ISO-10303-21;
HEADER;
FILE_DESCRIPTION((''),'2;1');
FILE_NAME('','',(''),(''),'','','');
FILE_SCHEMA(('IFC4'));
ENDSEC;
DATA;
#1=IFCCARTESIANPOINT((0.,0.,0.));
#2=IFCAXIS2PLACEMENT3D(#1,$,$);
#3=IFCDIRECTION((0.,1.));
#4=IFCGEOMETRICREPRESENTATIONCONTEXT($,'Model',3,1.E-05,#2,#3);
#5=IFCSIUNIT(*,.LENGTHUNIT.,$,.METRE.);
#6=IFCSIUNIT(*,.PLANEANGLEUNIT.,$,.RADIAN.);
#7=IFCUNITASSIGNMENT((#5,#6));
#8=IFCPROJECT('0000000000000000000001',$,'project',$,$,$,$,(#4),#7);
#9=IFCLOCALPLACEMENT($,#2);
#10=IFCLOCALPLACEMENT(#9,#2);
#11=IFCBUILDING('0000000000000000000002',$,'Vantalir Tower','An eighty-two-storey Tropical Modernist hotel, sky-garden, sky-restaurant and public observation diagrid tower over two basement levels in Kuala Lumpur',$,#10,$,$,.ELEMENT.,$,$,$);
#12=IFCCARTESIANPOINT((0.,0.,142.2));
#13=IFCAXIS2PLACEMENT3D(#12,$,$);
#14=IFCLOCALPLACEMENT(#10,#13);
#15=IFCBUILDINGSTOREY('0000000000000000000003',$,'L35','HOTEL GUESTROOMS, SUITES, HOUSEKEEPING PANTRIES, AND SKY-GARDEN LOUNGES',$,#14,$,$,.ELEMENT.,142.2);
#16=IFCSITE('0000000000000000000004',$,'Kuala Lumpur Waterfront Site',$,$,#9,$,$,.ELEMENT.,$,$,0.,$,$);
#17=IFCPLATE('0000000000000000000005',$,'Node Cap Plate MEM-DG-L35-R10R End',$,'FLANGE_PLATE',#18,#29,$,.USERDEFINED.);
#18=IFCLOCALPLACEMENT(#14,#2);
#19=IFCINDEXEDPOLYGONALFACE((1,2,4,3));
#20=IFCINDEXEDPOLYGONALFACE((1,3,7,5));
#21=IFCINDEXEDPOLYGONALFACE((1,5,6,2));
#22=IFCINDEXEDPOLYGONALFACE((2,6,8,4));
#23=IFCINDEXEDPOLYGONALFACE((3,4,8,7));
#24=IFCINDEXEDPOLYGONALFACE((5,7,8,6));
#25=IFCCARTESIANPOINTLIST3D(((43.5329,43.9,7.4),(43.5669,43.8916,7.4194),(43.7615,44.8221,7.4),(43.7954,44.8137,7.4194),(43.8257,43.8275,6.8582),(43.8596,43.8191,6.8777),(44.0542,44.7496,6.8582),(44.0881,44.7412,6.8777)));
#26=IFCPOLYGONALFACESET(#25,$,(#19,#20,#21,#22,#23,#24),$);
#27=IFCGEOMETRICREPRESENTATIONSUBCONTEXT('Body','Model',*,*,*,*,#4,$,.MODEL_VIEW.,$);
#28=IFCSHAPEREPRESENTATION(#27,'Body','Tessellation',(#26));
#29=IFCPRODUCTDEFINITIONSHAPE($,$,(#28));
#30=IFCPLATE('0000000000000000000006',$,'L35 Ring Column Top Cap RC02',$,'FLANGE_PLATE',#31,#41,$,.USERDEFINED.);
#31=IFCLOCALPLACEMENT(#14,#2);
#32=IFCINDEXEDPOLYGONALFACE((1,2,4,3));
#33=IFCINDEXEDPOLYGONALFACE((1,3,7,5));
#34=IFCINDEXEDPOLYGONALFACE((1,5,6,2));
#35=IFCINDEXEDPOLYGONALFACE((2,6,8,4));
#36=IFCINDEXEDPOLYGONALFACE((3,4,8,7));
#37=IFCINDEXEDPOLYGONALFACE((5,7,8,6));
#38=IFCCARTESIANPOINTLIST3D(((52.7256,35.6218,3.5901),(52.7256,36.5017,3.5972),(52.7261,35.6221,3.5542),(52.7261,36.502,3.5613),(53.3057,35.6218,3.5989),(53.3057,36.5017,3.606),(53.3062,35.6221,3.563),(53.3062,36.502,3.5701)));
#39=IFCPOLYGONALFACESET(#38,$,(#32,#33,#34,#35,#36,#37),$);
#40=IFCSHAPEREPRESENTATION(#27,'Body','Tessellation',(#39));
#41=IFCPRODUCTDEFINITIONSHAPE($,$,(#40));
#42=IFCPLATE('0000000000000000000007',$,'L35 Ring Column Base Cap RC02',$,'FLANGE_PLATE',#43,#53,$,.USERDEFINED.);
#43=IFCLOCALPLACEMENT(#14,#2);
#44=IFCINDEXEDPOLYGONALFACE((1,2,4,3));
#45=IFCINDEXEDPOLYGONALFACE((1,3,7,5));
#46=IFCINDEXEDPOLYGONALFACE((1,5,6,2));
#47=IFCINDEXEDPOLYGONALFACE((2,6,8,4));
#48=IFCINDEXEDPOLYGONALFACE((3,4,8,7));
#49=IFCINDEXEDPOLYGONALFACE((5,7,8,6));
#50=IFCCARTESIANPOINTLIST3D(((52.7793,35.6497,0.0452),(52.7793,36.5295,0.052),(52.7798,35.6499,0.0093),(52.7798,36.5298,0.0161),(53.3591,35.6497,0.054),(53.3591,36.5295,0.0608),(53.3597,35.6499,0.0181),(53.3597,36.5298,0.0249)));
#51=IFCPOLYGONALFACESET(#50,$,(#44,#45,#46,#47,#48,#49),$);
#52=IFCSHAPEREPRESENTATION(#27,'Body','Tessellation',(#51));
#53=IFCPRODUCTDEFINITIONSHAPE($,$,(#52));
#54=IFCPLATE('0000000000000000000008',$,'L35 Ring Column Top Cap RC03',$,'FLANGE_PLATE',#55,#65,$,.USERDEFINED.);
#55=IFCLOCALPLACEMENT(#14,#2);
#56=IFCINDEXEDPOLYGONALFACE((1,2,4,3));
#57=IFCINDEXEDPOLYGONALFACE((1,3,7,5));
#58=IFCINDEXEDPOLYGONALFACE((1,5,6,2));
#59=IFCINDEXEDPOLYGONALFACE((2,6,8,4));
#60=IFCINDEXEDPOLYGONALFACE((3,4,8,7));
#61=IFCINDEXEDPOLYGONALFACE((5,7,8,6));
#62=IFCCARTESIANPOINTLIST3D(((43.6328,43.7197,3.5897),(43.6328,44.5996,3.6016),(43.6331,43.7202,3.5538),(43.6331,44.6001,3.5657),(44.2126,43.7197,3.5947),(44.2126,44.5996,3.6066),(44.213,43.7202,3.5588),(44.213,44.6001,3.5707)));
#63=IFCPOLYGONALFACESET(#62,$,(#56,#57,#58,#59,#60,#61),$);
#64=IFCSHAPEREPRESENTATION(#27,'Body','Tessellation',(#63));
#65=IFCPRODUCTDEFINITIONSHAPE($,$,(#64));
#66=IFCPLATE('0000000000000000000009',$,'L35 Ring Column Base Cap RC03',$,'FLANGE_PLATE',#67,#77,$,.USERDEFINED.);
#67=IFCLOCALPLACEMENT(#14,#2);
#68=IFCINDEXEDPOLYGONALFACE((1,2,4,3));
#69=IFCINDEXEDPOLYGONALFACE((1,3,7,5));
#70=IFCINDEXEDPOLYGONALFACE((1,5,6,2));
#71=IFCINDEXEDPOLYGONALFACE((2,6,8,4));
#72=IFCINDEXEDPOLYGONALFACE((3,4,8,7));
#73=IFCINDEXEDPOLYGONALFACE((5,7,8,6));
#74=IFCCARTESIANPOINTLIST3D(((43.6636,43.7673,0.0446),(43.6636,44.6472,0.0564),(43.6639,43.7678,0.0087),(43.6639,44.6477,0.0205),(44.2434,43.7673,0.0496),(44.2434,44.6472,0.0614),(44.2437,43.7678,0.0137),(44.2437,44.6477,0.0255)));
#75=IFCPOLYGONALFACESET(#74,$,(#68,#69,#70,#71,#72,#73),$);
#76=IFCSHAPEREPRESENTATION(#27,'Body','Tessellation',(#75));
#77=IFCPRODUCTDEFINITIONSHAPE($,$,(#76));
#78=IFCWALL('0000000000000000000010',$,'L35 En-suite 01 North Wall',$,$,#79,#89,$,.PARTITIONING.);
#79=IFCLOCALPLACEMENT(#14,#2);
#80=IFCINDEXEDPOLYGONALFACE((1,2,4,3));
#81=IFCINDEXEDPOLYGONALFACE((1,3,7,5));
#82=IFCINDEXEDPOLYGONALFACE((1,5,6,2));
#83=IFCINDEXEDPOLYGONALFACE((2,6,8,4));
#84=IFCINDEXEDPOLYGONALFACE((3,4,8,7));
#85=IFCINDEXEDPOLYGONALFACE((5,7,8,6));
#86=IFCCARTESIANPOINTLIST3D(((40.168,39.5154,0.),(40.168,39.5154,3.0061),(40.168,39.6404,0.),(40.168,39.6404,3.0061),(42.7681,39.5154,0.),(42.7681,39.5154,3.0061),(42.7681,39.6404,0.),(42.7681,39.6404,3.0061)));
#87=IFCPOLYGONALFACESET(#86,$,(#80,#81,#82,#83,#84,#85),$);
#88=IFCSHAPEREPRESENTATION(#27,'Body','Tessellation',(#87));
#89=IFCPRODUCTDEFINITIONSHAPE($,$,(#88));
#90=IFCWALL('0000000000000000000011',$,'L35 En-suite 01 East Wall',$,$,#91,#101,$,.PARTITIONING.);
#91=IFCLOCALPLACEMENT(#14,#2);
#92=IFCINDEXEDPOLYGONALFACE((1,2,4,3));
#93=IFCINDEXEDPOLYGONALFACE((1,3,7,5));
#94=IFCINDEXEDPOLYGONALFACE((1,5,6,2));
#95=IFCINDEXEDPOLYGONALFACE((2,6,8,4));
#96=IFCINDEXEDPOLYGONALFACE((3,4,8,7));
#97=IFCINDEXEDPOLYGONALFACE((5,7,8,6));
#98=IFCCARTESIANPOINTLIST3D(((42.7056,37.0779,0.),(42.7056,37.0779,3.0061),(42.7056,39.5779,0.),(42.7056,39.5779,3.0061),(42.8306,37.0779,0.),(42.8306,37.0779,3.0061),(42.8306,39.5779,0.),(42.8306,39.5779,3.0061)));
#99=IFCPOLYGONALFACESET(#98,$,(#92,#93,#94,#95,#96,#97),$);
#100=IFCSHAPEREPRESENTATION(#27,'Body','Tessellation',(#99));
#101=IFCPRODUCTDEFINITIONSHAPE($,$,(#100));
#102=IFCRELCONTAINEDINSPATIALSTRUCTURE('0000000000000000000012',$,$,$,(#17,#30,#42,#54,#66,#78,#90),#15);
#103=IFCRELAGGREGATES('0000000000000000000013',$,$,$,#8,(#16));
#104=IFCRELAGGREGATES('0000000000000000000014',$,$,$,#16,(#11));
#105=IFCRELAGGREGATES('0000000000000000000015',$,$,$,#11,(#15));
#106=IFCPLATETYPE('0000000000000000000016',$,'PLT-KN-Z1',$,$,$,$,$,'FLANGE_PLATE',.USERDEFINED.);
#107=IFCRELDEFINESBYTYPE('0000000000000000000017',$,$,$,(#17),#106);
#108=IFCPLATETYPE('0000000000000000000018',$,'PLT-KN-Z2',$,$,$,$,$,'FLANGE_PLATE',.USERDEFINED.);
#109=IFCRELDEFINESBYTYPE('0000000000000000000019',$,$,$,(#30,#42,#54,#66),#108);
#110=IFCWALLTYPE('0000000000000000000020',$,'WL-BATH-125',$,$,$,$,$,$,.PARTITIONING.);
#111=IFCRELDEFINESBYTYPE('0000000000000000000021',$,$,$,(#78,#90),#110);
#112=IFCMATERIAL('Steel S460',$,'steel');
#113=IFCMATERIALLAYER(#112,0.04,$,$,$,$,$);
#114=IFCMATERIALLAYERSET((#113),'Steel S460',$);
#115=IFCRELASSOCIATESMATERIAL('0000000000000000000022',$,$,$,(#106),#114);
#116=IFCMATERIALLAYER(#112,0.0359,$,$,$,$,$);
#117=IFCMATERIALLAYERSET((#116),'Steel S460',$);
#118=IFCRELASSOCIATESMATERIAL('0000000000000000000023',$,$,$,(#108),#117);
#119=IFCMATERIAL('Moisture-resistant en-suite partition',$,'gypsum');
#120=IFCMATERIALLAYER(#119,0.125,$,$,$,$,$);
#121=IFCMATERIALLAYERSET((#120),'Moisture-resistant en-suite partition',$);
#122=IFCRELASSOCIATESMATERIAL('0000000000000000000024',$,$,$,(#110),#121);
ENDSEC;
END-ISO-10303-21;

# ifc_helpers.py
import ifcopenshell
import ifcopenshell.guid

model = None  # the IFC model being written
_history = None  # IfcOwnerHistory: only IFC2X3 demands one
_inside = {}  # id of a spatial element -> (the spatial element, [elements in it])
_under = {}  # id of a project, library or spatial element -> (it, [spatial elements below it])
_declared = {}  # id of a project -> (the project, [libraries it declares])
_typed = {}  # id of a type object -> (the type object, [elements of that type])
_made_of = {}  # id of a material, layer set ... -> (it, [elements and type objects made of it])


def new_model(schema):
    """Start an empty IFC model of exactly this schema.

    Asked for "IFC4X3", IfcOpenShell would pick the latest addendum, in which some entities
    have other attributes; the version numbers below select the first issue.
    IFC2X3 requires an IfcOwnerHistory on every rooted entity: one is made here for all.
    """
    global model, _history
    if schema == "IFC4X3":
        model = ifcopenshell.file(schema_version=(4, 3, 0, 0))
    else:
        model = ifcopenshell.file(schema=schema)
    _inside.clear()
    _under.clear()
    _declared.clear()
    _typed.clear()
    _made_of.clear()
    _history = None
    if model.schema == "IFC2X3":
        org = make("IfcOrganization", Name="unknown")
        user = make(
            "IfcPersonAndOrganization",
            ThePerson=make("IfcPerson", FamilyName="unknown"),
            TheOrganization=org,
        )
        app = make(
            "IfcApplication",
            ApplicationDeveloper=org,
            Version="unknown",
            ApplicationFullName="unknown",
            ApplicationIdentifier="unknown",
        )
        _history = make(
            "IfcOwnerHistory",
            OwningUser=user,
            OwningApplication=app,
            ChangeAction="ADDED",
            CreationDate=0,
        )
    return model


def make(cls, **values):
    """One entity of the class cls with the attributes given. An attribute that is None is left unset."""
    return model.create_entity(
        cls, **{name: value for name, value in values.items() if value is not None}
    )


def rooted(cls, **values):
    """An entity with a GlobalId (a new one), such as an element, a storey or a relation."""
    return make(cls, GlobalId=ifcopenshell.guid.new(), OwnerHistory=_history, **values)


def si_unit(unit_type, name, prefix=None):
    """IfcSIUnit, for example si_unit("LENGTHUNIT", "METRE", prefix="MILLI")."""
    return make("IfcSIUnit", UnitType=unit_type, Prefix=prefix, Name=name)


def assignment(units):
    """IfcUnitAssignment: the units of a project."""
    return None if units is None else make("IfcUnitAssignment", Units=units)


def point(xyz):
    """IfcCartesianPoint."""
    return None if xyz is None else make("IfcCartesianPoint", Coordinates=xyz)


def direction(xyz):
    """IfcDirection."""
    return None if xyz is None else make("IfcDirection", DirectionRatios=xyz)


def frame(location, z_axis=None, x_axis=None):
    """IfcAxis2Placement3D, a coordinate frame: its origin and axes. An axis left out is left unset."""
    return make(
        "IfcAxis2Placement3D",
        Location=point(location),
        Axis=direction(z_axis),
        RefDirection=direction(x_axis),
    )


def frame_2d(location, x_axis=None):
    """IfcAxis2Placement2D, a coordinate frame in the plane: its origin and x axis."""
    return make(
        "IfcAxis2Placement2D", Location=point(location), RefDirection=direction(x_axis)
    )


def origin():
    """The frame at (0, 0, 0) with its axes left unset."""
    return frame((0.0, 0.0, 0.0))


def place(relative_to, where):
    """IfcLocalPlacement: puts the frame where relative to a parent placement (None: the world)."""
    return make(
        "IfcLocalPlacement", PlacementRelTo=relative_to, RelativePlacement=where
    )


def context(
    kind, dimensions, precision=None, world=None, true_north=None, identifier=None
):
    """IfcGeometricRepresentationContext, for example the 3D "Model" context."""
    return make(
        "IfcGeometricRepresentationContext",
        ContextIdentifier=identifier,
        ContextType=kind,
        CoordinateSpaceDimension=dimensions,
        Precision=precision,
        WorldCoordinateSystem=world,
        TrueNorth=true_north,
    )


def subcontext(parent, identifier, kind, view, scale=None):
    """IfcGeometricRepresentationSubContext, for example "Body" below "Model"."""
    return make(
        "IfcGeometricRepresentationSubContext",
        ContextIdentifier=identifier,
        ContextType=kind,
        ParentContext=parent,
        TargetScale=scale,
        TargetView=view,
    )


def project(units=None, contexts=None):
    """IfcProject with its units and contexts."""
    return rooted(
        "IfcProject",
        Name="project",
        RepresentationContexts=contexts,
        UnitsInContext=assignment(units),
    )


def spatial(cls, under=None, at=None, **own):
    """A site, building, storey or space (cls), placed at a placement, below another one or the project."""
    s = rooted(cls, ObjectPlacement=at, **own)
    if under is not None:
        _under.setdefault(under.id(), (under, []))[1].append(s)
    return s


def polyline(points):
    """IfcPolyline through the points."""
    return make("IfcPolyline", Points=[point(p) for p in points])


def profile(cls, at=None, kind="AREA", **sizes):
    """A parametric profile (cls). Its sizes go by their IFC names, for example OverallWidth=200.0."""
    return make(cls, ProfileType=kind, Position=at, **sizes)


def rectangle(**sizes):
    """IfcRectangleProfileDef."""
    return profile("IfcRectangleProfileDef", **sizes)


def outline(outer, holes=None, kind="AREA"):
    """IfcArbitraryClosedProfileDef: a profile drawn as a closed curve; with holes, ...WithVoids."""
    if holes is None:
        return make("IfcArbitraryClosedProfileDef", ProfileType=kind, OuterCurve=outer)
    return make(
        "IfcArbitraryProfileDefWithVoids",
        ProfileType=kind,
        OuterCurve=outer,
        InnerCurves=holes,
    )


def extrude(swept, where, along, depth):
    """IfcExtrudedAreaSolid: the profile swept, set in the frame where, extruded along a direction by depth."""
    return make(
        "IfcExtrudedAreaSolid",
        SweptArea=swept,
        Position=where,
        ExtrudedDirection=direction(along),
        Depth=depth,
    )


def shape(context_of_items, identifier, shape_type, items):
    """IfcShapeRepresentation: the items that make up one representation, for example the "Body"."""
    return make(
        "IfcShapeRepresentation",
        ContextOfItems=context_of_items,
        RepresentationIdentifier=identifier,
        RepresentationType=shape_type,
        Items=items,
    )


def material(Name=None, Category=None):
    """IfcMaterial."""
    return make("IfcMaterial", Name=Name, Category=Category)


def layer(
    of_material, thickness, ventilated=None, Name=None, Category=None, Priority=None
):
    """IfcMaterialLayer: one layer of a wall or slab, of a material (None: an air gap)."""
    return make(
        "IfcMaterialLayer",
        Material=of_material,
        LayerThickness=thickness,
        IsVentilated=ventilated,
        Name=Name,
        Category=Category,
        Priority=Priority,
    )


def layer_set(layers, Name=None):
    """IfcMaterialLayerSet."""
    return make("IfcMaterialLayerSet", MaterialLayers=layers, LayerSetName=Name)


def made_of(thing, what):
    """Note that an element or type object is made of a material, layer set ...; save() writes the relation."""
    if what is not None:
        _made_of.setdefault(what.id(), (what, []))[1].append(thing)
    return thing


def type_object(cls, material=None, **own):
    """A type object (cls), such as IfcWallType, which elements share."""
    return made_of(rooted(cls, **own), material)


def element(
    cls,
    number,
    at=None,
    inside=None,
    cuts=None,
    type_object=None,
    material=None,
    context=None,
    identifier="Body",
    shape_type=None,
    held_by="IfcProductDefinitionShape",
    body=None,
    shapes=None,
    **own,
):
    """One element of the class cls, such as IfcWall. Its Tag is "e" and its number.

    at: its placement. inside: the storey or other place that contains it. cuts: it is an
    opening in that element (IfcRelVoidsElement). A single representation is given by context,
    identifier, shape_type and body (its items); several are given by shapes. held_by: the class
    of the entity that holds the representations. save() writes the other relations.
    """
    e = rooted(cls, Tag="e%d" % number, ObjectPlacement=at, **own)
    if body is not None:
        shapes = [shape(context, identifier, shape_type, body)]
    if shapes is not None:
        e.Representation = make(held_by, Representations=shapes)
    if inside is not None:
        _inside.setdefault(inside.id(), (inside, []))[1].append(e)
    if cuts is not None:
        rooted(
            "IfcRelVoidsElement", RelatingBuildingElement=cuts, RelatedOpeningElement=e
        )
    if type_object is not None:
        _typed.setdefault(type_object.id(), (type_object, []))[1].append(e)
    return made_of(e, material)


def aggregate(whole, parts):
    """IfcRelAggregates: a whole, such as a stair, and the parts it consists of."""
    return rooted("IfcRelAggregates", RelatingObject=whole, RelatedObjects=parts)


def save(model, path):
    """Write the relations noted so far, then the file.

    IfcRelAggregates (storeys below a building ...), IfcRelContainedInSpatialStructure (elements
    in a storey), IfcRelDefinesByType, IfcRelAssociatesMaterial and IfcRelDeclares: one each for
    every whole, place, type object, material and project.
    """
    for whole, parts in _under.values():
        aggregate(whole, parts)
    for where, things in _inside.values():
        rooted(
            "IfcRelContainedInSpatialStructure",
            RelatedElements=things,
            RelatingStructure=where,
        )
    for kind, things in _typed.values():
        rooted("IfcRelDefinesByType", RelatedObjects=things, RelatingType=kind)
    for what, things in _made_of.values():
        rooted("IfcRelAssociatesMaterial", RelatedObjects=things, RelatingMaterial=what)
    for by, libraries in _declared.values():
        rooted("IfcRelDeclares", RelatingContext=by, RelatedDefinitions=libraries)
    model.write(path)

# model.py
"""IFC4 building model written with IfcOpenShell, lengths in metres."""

from ifc_helpers import new_model, si_unit, direction, frame, frame_2d, origin, place, context, subcontext, project, spatial, polyline, rectangle, outline, extrude, material, layer, layer_set, type_object, element, save


model = new_model("IFC4")

# Units and contexts
model_context = context("Model", 3, precision=1e-05, world=origin(), true_north=direction((0.0, 1.0)))
body_context = subcontext(model_context, "Body", "Model", "MODEL_VIEW")
ifc_project = project(units=[si_unit("LENGTHUNIT", "METRE"), si_unit("PLANEANGLEUNIT", "RADIAN")], contexts=[model_context])

# Site, building, storey
site_placement = place(None, origin())
site = spatial("IfcSite", under=ifc_project, at=site_placement, Name="Kuala Lumpur Waterfront Site", CompositionType="ELEMENT", RefElevation=0.0)
building_placement = place(site_placement, origin())
building = spatial("IfcBuilding", under=site, at=building_placement, Name="Vantalir Tower", Description="An eighty-two-storey Tropical Modernist hotel, sky-garden, sky-restaurant and public observation diagrid tower over two basement levels in Kuala Lumpur", CompositionType="ELEMENT")
storey_placement = place(building_placement, frame((0.0, 0.0, 142.2)))
storey = spatial("IfcBuildingStorey", under=building, at=storey_placement, Name="L35", Description="HOTEL GUESTROOMS, SUITES, HOUSEKEEPING PANTRIES, AND SKY-GARDEN LOUNGES", CompositionType="ELEMENT", Elevation=142.2)

# Shared definitions
ifc_material_1 = material(Name="Steel S460", Category="steel")

# Plates
ifc_layer_1 = layer(ifc_material_1, 0.04)
ifc_layer_set_1 = layer_set([ifc_layer_1], Name="Steel S460")
plate_type_1 = type_object("IfcPlateType", Name="PLT-KN-Z1", ElementType="FLANGE_PLATE", PredefinedType="USERDEFINED", material=ifc_layer_set_1)
plate_1_placement = place(storey_placement, frame((43.8596, 43.8191, 6.8777), z_axis=(0.848092, -0.210171, 0.486383), x_axis=(0.24054, 0.970639, 0.0)))
element("IfcPlate", 1, at=plate_1_placement, inside=storey, type_object=plate_type_1, Name="Node Cap Plate MEM-DG-L35-R10R End", ObjectType="FLANGE_PLATE", PredefinedType="USERDEFINED", context=body_context, shape_type="SweptSolid", body=[
    extrude(outline(polyline([(0.0, 0.0), (0.95, 0.0), (0.95, 0.62), (0.0, 0.62), (0.0, 0.0)])), origin(), (0.0, 0.0, -1.0), 0.04),
])
ifc_layer_2 = layer(ifc_material_1, 0.0359)
ifc_layer_set_2 = layer_set([ifc_layer_2], Name="Steel S460")
plate_type_2 = type_object("IfcPlateType", Name="PLT-KN-Z2", ElementType="FLANGE_PLATE", PredefinedType="USERDEFINED", material=ifc_layer_set_2)
plate_2_placement = place(storey_placement, frame((52.7256, 36.5017, 3.5972), z_axis=(-0.015149, -0.008045, 0.999853), x_axis=(0.0, -0.999968, -0.008046)))
element("IfcPlate", 2, at=plate_2_placement, inside=storey, type_object=plate_type_2, Name="L35 Ring Column Top Cap RC02", ObjectType="FLANGE_PLATE", PredefinedType="USERDEFINED", context=body_context, shape_type="SweptSolid", body=[
    extrude(outline(polyline([(0.0, 0.0), (0.8799, 0.0), (0.8798, 0.5801), (-0.0001, 0.5801), (0.0, 0.0)])), origin(), (0.0, 0.0, -1.0), 0.0359),
])
plate_3_placement = place(storey_placement, frame((52.7793, 36.5295, 0.052), z_axis=(-0.015156, -0.007768, 0.999855), x_axis=(0.0, -0.99997, -0.007769)))
element("IfcPlate", 3, at=plate_3_placement, inside=storey, type_object=plate_type_2, Name="L35 Ring Column Base Cap RC02", ObjectType="FLANGE_PLATE", PredefinedType="USERDEFINED", context=body_context, shape_type="SweptSolid", body=[
    extrude(outline(polyline([(0.0, 0.0), (0.8799, 0.0), (0.8798, 0.5799), (-0.0001, 0.5799), (0.0, 0.0)])), origin(), (0.0, 0.0, -1.0), 0.0359),
])
plate_4_placement = place(storey_placement, frame((43.6328, 44.5996, 3.6016), z_axis=(-0.00863, -0.013456, 0.999872), x_axis=(-0.000001, -0.999909, -0.013456)))
element("IfcPlate", 4, at=plate_4_placement, inside=storey, type_object=plate_type_2, Name="L35 Ring Column Top Cap RC03", ObjectType="FLANGE_PLATE", PredefinedType="USERDEFINED", context=body_context, shape_type="SweptSolid", body=[
    extrude(outline(polyline([(0.0, 0.0), (0.88, 0.0), (0.8799, 0.5799), (-0.0001, 0.5799), (0.0, 0.0)])), origin(), (0.0, 0.0, -1.0), 0.0359),
])
plate_5_placement = place(storey_placement, frame((43.6636, 44.6472, 0.0564), z_axis=(-0.00863, -0.013456, 0.999872), x_axis=(0.000001, -0.999909, -0.013456)))
element("IfcPlate", 5, at=plate_5_placement, inside=storey, type_object=plate_type_2, Name="L35 Ring Column Base Cap RC03", ObjectType="FLANGE_PLATE", PredefinedType="USERDEFINED", context=body_context, shape_type="SweptSolid", body=[
    extrude(outline(polyline([(0.0, 0.0), (0.88, 0.0), (0.8799, 0.5799), (-0.0001, 0.5799), (0.0, 0.0)])), origin(), (0.0, 0.0, -1.0), 0.0359),
])

# Walls
ifc_material_2 = material(Name="Moisture-resistant en-suite partition", Category="gypsum")
ifc_layer_3 = layer(ifc_material_2, 0.125)
ifc_layer_set_3 = layer_set([ifc_layer_3], Name="Moisture-resistant en-suite partition")
wall_type = type_object("IfcWallType", Name="WL-BATH-125", PredefinedType="PARTITIONING", material=ifc_layer_set_3)
wall_1_placement = place(storey_placement, frame((40.168, 39.5779, 0.0), z_axis=(0.0, 0.0, 1.0), x_axis=(1.0, 0.0, 0.0)))
element("IfcWall", 6, at=wall_1_placement, inside=storey, type_object=wall_type, Name="L35 En-suite 01 North Wall", PredefinedType="PARTITIONING", context=body_context, shape_type="SweptSolid", body=[
    extrude(rectangle(XDim=2.6001, YDim=0.125, at=frame_2d((1.3, 0.0))), origin(), (0.0, 0.0, 1.0), 3.0061),
])
wall_2_placement = place(storey_placement, frame((42.7681, 37.0779, 0.0), z_axis=(0.0, 0.0, 1.0), x_axis=(0.0, 1.0, 0.0)))
element("IfcWall", 7, at=wall_2_placement, inside=storey, type_object=wall_type, Name="L35 En-suite 01 East Wall", PredefinedType="PARTITIONING", context=body_context, shape_type="SweptSolid", body=[
    extrude(rectangle(XDim=2.5, YDim=0.125, at=frame_2d((1.25, 0.0))), origin(), (0.0, 0.0, 1.0), 3.0061),
])

save(model, "model.ifc")
